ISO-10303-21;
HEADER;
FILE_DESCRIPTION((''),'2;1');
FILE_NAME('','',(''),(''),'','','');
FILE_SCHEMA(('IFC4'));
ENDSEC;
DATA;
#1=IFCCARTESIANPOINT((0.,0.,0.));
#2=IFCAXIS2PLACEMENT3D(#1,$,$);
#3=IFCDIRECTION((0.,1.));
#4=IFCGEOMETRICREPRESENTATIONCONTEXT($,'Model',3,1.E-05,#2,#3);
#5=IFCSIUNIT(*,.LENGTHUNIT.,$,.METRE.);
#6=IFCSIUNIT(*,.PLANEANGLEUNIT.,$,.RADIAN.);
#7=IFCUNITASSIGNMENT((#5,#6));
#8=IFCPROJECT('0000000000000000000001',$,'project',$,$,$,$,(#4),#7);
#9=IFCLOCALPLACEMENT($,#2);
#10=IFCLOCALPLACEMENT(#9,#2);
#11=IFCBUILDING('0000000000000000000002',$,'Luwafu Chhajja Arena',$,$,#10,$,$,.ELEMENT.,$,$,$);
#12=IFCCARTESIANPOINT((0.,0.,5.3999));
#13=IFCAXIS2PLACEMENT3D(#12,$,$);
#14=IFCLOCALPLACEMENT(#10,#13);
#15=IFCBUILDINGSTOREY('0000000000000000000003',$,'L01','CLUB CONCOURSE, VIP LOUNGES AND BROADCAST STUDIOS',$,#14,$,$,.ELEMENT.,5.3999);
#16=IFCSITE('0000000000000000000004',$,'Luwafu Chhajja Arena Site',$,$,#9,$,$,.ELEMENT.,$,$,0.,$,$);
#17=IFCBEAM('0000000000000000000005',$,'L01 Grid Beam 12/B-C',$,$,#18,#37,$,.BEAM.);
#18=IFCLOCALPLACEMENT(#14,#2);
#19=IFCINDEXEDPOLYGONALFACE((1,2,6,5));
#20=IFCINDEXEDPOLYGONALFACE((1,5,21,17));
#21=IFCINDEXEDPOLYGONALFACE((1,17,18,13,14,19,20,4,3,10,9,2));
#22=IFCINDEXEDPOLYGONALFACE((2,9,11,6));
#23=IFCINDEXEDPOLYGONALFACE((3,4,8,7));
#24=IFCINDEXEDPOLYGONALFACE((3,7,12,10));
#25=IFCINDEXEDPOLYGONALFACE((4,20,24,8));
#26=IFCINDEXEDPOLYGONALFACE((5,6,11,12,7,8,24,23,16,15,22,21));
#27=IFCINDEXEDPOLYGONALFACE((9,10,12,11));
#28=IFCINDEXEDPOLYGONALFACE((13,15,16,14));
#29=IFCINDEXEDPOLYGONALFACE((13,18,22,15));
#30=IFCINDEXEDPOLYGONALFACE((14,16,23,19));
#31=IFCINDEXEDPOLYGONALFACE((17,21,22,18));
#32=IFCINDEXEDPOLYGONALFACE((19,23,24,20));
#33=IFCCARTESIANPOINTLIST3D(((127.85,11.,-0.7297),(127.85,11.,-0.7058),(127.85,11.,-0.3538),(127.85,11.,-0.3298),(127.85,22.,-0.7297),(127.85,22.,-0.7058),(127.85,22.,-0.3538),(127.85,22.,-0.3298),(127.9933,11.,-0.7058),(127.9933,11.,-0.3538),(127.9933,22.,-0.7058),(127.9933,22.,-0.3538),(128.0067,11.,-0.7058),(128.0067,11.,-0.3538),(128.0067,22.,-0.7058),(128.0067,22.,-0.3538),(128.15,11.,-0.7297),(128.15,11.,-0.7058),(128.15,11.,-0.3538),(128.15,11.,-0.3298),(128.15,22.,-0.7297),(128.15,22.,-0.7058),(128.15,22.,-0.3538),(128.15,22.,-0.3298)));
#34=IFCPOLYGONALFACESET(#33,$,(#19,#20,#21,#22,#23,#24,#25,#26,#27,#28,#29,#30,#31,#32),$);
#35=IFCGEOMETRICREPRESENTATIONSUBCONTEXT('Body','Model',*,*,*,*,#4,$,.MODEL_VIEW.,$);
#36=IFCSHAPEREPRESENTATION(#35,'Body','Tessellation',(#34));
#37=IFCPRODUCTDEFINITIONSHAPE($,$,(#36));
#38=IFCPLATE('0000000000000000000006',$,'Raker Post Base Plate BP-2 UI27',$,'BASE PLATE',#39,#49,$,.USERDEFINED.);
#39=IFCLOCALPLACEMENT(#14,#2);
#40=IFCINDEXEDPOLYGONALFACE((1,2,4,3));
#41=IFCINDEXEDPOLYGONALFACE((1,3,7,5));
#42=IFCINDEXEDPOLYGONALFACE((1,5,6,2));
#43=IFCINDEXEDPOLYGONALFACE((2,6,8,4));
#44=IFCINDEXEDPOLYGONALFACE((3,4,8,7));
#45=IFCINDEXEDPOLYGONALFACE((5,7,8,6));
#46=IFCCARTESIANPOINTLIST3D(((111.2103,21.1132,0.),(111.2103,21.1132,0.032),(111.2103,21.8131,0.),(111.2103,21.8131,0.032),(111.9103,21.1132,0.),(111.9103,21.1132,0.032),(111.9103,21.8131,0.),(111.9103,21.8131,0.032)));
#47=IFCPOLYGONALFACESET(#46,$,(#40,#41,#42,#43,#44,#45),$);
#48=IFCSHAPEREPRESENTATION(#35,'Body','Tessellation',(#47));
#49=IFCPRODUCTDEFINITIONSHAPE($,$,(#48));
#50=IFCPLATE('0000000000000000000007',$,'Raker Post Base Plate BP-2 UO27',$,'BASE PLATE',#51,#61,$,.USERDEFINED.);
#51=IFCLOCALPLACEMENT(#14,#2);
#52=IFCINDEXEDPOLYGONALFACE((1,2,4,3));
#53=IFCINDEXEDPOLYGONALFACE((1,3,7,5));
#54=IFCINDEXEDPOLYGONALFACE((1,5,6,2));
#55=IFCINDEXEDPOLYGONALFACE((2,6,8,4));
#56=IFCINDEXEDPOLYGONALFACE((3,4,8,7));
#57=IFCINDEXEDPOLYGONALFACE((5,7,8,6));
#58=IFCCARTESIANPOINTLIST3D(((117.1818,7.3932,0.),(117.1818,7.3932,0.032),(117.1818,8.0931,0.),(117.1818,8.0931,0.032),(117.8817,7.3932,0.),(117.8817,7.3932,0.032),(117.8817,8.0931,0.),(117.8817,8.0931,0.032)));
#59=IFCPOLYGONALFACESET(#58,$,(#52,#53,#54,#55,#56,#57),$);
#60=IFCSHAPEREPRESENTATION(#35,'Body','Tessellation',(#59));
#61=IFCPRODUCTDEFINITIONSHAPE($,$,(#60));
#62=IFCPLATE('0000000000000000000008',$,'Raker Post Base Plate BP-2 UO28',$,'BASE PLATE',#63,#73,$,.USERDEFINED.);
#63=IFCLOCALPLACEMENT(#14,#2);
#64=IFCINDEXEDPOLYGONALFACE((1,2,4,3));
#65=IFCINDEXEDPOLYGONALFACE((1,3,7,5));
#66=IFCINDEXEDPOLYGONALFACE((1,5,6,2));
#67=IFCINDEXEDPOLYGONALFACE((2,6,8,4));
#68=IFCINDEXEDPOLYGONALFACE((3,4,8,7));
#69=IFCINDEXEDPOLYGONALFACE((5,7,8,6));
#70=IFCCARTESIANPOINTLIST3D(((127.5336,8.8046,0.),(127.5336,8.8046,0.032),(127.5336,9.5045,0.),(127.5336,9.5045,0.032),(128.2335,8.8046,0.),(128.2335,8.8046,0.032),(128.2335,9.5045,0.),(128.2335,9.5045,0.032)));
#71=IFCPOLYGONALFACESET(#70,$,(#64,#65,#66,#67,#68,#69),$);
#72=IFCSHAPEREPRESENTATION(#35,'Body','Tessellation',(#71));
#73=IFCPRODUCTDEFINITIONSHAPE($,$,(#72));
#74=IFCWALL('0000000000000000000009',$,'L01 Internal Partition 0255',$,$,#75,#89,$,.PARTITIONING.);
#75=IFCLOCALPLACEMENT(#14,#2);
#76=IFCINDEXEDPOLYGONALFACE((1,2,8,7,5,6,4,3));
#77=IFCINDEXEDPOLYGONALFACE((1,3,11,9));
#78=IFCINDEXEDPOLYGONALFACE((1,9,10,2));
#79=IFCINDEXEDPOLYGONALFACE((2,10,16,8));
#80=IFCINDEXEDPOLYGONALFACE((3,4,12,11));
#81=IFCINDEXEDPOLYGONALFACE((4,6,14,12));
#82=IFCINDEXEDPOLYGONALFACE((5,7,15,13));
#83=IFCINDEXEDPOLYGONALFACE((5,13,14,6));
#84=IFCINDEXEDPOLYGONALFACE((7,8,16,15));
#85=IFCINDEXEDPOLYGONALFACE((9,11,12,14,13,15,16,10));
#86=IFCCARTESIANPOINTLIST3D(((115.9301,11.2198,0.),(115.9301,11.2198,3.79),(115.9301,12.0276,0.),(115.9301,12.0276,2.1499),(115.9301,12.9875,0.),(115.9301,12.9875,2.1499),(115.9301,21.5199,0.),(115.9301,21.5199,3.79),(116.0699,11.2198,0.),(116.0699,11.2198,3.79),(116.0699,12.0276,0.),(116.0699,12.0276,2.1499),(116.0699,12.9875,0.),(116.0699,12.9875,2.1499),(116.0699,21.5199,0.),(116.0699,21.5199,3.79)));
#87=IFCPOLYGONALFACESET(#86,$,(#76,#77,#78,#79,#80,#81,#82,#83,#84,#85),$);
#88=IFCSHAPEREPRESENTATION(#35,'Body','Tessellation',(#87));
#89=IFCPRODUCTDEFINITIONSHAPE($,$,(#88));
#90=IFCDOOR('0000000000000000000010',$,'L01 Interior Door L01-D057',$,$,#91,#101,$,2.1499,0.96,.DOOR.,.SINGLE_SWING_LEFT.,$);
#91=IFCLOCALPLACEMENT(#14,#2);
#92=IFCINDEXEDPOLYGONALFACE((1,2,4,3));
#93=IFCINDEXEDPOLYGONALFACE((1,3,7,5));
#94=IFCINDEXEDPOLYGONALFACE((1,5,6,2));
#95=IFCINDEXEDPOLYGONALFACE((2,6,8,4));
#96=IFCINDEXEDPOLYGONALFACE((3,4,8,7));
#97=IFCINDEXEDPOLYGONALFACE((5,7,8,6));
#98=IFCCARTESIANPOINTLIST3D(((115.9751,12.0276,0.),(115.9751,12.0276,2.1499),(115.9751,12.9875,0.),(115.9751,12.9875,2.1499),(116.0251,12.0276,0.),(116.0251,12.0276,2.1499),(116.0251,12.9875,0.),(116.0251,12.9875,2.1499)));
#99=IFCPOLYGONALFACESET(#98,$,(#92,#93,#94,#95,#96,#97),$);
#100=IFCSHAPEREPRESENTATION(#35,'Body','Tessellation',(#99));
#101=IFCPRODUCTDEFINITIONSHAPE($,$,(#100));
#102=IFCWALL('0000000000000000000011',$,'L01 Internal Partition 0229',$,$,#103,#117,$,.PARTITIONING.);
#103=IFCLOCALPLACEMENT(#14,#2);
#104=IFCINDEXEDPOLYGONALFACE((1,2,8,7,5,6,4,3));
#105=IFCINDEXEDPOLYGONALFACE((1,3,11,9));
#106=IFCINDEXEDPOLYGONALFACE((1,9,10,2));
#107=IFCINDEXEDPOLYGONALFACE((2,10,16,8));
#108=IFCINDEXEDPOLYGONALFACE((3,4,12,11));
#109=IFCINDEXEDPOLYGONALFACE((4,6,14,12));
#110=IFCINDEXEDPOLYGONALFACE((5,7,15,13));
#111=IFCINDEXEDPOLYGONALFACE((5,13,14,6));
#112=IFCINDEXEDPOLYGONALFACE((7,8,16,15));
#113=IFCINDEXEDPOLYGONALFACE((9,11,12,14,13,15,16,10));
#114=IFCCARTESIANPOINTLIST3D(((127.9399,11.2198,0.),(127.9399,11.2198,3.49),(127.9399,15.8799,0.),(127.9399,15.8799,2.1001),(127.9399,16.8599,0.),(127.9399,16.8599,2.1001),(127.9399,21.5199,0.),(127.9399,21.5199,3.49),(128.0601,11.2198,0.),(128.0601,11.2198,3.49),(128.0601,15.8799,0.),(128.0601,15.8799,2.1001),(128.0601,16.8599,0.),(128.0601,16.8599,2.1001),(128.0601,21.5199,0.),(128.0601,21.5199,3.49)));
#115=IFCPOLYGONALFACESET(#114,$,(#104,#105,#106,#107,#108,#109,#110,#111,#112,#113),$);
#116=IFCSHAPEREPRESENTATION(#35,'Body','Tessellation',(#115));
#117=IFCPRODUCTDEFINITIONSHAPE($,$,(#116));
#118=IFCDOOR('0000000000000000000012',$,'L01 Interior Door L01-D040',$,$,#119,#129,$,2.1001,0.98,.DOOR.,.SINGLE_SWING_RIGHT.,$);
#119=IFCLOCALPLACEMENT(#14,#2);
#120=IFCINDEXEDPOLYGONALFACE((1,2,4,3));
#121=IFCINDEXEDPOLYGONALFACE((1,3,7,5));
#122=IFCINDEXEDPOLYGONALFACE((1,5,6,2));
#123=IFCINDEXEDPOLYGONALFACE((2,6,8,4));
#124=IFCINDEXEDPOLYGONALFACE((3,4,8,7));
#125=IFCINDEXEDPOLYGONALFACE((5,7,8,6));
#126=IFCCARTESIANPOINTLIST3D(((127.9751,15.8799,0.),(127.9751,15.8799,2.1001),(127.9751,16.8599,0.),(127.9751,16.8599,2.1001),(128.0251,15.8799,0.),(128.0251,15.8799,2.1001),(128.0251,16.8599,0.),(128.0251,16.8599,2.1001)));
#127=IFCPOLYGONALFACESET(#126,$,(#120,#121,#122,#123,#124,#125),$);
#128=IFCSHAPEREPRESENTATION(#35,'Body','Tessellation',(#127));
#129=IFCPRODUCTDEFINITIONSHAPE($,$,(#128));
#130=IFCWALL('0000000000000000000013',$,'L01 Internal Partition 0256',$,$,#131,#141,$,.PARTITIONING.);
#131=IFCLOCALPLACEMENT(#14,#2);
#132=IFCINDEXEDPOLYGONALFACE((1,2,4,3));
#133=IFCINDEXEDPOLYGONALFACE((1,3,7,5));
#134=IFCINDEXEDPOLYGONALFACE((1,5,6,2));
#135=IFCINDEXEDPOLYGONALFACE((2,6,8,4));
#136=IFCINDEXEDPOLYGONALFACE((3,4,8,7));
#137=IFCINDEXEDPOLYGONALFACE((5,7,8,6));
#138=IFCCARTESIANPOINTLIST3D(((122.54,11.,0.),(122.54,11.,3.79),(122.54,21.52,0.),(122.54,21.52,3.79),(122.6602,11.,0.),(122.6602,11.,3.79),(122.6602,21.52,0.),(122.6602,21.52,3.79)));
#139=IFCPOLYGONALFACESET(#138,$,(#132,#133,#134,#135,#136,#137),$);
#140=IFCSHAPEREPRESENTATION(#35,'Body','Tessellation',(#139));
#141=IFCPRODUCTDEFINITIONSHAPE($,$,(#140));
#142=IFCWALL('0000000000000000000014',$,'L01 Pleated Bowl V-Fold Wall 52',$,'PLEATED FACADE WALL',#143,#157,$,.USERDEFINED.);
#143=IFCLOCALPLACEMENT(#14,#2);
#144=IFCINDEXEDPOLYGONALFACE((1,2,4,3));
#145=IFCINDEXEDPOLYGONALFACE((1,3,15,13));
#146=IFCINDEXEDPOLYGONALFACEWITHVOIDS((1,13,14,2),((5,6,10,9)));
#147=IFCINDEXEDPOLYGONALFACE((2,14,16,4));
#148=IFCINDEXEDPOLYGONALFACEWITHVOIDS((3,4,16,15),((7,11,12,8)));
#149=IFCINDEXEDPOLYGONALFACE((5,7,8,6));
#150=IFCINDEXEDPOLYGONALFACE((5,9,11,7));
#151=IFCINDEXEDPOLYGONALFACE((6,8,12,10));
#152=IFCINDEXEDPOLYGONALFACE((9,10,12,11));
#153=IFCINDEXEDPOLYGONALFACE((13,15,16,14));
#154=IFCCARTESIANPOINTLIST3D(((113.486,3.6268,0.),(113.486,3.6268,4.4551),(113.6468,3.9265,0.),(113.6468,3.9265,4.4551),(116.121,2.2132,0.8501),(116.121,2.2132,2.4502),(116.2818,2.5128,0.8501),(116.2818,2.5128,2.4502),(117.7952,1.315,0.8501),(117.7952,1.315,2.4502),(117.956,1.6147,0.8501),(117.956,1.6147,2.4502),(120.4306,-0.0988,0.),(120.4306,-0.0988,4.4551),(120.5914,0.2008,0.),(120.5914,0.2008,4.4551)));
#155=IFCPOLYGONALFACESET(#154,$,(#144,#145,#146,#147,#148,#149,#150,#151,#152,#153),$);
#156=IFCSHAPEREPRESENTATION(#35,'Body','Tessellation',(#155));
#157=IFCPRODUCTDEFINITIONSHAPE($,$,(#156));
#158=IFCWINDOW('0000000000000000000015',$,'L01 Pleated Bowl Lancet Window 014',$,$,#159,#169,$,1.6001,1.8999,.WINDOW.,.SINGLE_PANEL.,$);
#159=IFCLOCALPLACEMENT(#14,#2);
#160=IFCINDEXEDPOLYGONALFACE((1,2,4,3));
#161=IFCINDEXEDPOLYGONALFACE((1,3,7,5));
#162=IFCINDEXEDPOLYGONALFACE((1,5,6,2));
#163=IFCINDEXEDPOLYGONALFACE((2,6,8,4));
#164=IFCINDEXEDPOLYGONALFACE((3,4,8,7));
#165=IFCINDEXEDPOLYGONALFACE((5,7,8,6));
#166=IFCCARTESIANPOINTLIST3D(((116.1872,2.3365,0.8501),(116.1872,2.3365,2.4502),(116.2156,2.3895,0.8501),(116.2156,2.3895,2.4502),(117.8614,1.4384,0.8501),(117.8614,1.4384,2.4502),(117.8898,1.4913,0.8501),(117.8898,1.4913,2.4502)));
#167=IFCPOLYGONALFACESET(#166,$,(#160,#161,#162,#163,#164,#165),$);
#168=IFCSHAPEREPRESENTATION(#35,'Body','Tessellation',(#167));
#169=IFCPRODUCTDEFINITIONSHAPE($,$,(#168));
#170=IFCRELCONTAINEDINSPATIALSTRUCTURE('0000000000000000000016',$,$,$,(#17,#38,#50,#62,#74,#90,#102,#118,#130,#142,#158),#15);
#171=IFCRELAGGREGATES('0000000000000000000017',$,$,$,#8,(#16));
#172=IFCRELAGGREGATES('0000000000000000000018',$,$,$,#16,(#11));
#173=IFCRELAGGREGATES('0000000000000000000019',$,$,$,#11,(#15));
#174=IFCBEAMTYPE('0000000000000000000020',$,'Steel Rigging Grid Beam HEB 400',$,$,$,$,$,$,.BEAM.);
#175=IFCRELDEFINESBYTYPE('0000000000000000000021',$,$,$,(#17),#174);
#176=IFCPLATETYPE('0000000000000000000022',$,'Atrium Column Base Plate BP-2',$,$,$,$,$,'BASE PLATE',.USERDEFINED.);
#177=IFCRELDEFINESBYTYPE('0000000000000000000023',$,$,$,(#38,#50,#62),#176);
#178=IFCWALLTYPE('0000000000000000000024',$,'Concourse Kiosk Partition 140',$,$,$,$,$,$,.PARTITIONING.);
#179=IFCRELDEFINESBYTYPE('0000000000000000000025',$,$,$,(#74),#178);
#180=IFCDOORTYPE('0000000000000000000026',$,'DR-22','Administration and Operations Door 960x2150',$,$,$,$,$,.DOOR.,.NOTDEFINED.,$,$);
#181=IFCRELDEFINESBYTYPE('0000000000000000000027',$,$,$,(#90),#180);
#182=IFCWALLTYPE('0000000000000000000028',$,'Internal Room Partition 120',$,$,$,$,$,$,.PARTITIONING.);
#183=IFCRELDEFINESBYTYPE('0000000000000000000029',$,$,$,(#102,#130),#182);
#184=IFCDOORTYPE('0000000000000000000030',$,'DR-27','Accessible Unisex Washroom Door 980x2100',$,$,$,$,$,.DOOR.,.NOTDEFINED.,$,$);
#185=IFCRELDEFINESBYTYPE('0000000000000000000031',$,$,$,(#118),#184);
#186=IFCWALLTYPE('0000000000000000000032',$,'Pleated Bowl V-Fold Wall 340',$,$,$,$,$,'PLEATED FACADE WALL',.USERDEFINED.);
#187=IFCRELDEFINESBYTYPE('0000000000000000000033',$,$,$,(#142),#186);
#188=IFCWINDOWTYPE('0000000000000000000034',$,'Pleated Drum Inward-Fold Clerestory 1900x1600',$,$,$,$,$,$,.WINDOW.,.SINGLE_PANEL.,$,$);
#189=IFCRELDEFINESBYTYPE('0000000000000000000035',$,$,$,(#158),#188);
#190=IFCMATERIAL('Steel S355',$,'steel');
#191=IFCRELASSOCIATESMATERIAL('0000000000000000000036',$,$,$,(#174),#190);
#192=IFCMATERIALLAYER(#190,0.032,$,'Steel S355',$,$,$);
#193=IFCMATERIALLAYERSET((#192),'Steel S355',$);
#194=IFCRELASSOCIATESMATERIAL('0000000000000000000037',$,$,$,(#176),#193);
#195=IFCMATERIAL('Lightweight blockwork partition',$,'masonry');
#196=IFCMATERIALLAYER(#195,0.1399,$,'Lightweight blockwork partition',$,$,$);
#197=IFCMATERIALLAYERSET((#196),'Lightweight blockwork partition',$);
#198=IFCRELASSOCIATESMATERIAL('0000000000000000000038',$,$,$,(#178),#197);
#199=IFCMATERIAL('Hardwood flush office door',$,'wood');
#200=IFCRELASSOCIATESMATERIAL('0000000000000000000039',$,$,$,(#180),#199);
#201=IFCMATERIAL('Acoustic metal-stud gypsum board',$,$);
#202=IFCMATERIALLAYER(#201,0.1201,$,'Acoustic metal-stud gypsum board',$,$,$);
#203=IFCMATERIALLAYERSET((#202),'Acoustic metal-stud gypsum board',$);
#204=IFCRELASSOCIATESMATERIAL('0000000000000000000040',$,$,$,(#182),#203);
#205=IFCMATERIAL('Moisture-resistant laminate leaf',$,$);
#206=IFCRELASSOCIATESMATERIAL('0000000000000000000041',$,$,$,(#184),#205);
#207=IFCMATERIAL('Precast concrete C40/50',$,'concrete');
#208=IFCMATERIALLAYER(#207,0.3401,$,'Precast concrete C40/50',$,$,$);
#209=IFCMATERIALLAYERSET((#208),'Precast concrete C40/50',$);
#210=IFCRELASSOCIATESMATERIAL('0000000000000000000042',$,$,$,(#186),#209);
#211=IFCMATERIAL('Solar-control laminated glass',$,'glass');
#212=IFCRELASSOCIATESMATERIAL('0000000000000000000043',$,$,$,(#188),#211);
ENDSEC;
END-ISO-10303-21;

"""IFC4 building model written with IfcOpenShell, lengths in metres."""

from ifc_helpers import new_model, si_unit, direction, frame, frame_2d, origin, origin_2d, place, context, subcontext, project, spatial, rectangle, i_section, extrude, material, layer, layer_set, material_profile, profile_set, type_object, element, fill, save


model = new_model("IFC4")

# Units and contexts
model_context = context("Model", 3, precision=1e-05, world=origin(), true_north=direction((0.0, 1.0)))
body_context = subcontext(model_context, "Body", "Model", "MODEL_VIEW")
ifc_project = project(units=[si_unit("LENGTHUNIT", "METRE"), si_unit("PLANEANGLEUNIT", "RADIAN")], contexts=[model_context])

# Site, building, storey
site_placement = place(None, origin())
site = spatial("IfcSite", under=ifc_project, at=site_placement, Name="Luwafu Chhajja Arena Site", CompositionType="ELEMENT", RefElevation=0.0)
building_placement = place(site_placement, origin())
building = spatial("IfcBuilding", under=site, at=building_placement, Name="Luwafu Chhajja Arena", CompositionType="ELEMENT")
storey_placement = place(building_placement, frame((0.0, 0.0, 5.3999)))
storey = spatial("IfcBuildingStorey", under=building, at=storey_placement, Name="L01", Description="CLUB CONCOURSE, VIP LOUNGES AND BROADCAST STUDIOS", CompositionType="ELEMENT", Elevation=5.3999)

# Shared definitions
ifc_material_1 = material(Name="Steel S355", Category="steel")

# Beam
ifc_material_profile_1 = material_profile(ifc_material_1, i_section(OverallWidth=0.3, OverallDepth=0.3999, WebThickness=0.0134, FlangeThickness=0.0239, at=origin_2d()), Name="HEB 400")
ifc_profile_set_1 = profile_set([ifc_material_profile_1], Name="Steel S355")
beam_type_1 = type_object("IfcBeamType", Name="Steel Rigging Grid Beam HEB 400", PredefinedType="BEAM", material=ifc_profile_set_1)
beam_1_placement = place(storey_placement, frame((128.0, 11.0, -0.5298), z_axis=(0.0, 1.0, 0.0), x_axis=(-1.0, 0.0, 0.0)))
element("IfcBeam", 1, at=beam_1_placement, inside=storey, type_object=beam_type_1, Name="L01 Grid Beam 12/B-C", PredefinedType="BEAM", context=body_context, shape_type="SweptSolid", body=[
    extrude(i_section(OverallWidth=0.3, OverallDepth=0.3999, WebThickness=0.0134, FlangeThickness=0.0239, at=origin_2d()), origin(), (0.0, 0.0, 1.0), 11.0),
])

# Plates
ifc_layer_1 = layer(ifc_material_1, 0.032, Name="Steel S355")
ifc_layer_set_1 = layer_set([ifc_layer_1], Name="Steel S355")
plate_type = type_object("IfcPlateType", Name="Atrium Column Base Plate BP-2", ElementType="BASE PLATE", PredefinedType="USERDEFINED", material=ifc_layer_set_1)
for number, where, z_axis, x_axis, name in (
    (2, (111.5603, 21.4631, 0.0), (0.0, 0.0, 1.0), (1.0, 0.0, 0.0), "Raker Post Base Plate BP-2 UI27"),
    (3, (117.5317, 7.7432, 0.0), (0.0, 0.0, 1.0), (1.0, 0.0, 0.0), "Raker Post Base Plate BP-2 UO27"),
    (4, (127.8835, 9.1545, 0.0), (0.0, 0.0, 1.0), (1.0, 0.0, 0.0), "Raker Post Base Plate BP-2 UO28"),
):
    element("IfcPlate", number, at=place(storey_placement, frame(where, z_axis=z_axis, x_axis=x_axis)), inside=storey, type_object=plate_type, Name=name, ObjectType="BASE PLATE", PredefinedType="USERDEFINED", context=body_context, shape_type="SweptSolid", body=[
        extrude(rectangle(XDim=0.7, YDim=0.7, at=origin_2d()), origin(), (0.0, 0.0, 1.0), 0.032),
    ])

# Walls, openings, doors
ifc_material_2 = material(Name="Lightweight blockwork partition", Category="masonry")
ifc_layer_2 = layer(ifc_material_2, 0.1399, Name="Lightweight blockwork partition")
ifc_layer_set_2 = layer_set([ifc_layer_2], Name="Lightweight blockwork partition")
wall_type_1 = type_object("IfcWallType", Name="Concourse Kiosk Partition 140", PredefinedType="PARTITIONING", material=ifc_layer_set_2)
wall_1_placement = place(storey_placement, frame((116.0, 11.22, 0.0), z_axis=(0.0, 0.0, 1.0), x_axis=(0.0, 1.0, 0.0)))
wall_1 = element("IfcWall", 5, at=wall_1_placement, inside=storey, type_object=wall_type_1, Name="L01 Internal Partition 0255", PredefinedType="PARTITIONING", context=body_context, shape_type="SweptSolid", body=[
    extrude(rectangle(XDim=10.3, YDim=0.1399, at=frame_2d((5.1499, 0.0))), origin(), (0.0, 0.0, 1.0), 3.79),
])
opening_1_placement = place(wall_1_placement, frame((0.8076, 0.0, 0.0)))
opening_1 = element("IfcOpeningElement", 6, at=opening_1_placement, cuts=wall_1, PredefinedType="OPENING", context=body_context, shape_type="SweptSolid", body=[
    extrude(rectangle(XDim=0.96, YDim=2.1499, at=frame_2d((0.48, 1.075))), frame((0.0, 0.0798, 0.0), z_axis=(0.0, -1.0, 0.0), x_axis=(1.0, 0.0, 0.0)), (0.0, 0.0, 1.0), 0.1599),
])
ifc_material_3 = material(Name="Hardwood flush office door", Category="wood")
door_type_1 = type_object("IfcDoorType", Name="DR-22", Description="Administration and Operations Door 960x2150", OperationType="NOTDEFINED", PredefinedType="DOOR", material=ifc_material_3)
door_1_placement = place(opening_1_placement, origin())
door_1 = element("IfcDoor", 7, at=door_1_placement, inside=storey, type_object=door_type_1, Name="L01 Interior Door L01-D057", OperationType="SINGLE_SWING_LEFT", OverallHeight=2.1499, OverallWidth=0.96, PredefinedType="DOOR", context=body_context, shape_type="SweptSolid", body=[
    extrude(rectangle(XDim=0.96, YDim=2.1499, at=frame_2d((0.48, 1.075))), frame((0.0, 0.0249, 0.0), z_axis=(0.0, -1.0, 0.0), x_axis=(1.0, 0.0, 0.0)), (0.0, 0.0, 1.0), 0.05),
])
fill(opening_1, door_1)
ifc_material_4 = material(Name="Acoustic metal-stud gypsum board")
ifc_layer_3 = layer(ifc_material_4, 0.1201, Name="Acoustic metal-stud gypsum board")
ifc_layer_set_3 = layer_set([ifc_layer_3], Name="Acoustic metal-stud gypsum board")
wall_type_2 = type_object("IfcWallType", Name="Internal Room Partition 120", PredefinedType="PARTITIONING", material=ifc_layer_set_3)
wall_2_placement = place(storey_placement, frame((128.0, 11.22, 0.0), z_axis=(0.0, 0.0, 1.0), x_axis=(0.0, 1.0, 0.0)))
wall_2 = element("IfcWall", 8, at=wall_2_placement, inside=storey, type_object=wall_type_2, Name="L01 Internal Partition 0229", PredefinedType="PARTITIONING", context=body_context, shape_type="SweptSolid", body=[
    extrude(rectangle(XDim=10.3, YDim=0.1201, at=frame_2d((5.1499, 0.0))), origin(), (0.0, 0.0, 1.0), 3.49),
])
opening_2_placement = place(wall_2_placement, frame((4.6599, 0.0, 0.0)))
opening_2 = element("IfcOpeningElement", 9, at=opening_2_placement, cuts=wall_2, PredefinedType="OPENING", context=body_context, shape_type="SweptSolid", body=[
    extrude(rectangle(XDim=0.98, YDim=2.1001, at=frame_2d((0.49, 1.05))), frame((0.0, 0.0701, 0.0), z_axis=(0.0, -1.0, 0.0), x_axis=(1.0, 0.0, 0.0)), (0.0, 0.0, 1.0), 0.1401),
])
ifc_material_5 = material(Name="Moisture-resistant laminate leaf")
door_type_2 = type_object("IfcDoorType", Name="DR-27", Description="Accessible Unisex Washroom Door 980x2100", OperationType="NOTDEFINED", PredefinedType="DOOR", material=ifc_material_5)
door_2_placement = place(opening_2_placement, origin())
door_2 = element("IfcDoor", 10, at=door_2_placement, inside=storey, type_object=door_type_2, Name="L01 Interior Door L01-D040", OperationType="SINGLE_SWING_RIGHT", OverallHeight=2.1001, OverallWidth=0.98, PredefinedType="DOOR", context=body_context, shape_type="SweptSolid", body=[
    extrude(rectangle(XDim=0.98, YDim=2.1001, at=frame_2d((0.49, 1.05))), frame((0.0, 0.0249, 0.0), z_axis=(0.0, -1.0, 0.0), x_axis=(1.0, 0.0, 0.0)), (0.0, 0.0, 1.0), 0.05),
])
fill(opening_2, door_2)

# Wall
wall_3_placement = place(storey_placement, frame((122.6001, 11.0, 0.0), z_axis=(0.0, 0.0, 1.0), x_axis=(0.0, 1.0, 0.0)))
element("IfcWall", 11, at=wall_3_placement, inside=storey, type_object=wall_type_2, Name="L01 Internal Partition 0256", PredefinedType="PARTITIONING", context=body_context, shape_type="SweptSolid", body=[
    extrude(rectangle(XDim=10.52, YDim=0.1201, at=frame_2d((5.26, 0.0))), origin(), (0.0, 0.0, 1.0), 3.79),
])

# Wall, opening, window
ifc_material_6 = material(Name="Precast concrete C40/50", Category="concrete")
ifc_layer_4 = layer(ifc_material_6, 0.3401, Name="Precast concrete C40/50")
ifc_layer_set_4 = layer_set([ifc_layer_4], Name="Precast concrete C40/50")
wall_type_3 = type_object("IfcWallType", Name="Pleated Bowl V-Fold Wall 340", ElementType="PLEATED FACADE WALL", PredefinedType="USERDEFINED", material=ifc_layer_set_4)
wall_4_placement = place(storey_placement, frame((113.5664, 3.7766, 0.0), z_axis=(0.0, 0.0, 1.0), x_axis=(0.881201, -0.472741, 0.0)))
wall_4 = element("IfcWall", 12, at=wall_4_placement, inside=storey, type_object=wall_type_3, Name="L01 Pleated Bowl V-Fold Wall 52", ObjectType="PLEATED FACADE WALL", PredefinedType="USERDEFINED", context=body_context, shape_type="SweptSolid", body=[
    extrude(rectangle(XDim=7.8809, YDim=0.3401, at=frame_2d((3.9404, 0.0))), origin(), (0.0, 0.0, 1.0), 4.4551),
])
opening_3_placement = place(wall_4_placement, frame((2.9902, 0.0, 0.8501)))
opening_3 = element("IfcOpeningElement", 13, at=opening_3_placement, cuts=wall_4, PredefinedType="OPENING", context=body_context, shape_type="SweptSolid", body=[
    extrude(rectangle(XDim=1.8999, YDim=1.6001, at=frame_2d((0.95, 0.8))), frame((0.0, 0.1799, 0.0), z_axis=(0.0, -1.0, 0.0), x_axis=(1.0, 0.0, 0.0)), (0.0, 0.0, 1.0), 0.3601),
])
ifc_material_7 = material(Name="Solar-control laminated glass", Category="glass")
window_type_1 = type_object("IfcWindowType", Name="Pleated Drum Inward-Fold Clerestory 1900x1600", PartitioningType="SINGLE_PANEL", PredefinedType="WINDOW", material=ifc_material_7)
window_1_placement = place(opening_3_placement, origin())
window_1 = element("IfcWindow", 14, at=window_1_placement, inside=storey, type_object=window_type_1, Name="L01 Pleated Bowl Lancet Window 014", OverallHeight=1.6001, OverallWidth=1.8999, PartitioningType="SINGLE_PANEL", PredefinedType="WINDOW", context=body_context, shape_type="SweptSolid", body=[
    extrude(rectangle(XDim=1.8999, YDim=1.6001, at=frame_2d((0.95, 0.8))), frame((0.0, 0.03, 0.0), z_axis=(0.0, -1.0, 0.0), x_axis=(1.0, 0.0, 0.0)), (0.0, 0.0, 1.0), 0.0601),
])
fill(opening_3, window_1)

save(model, "model.ifc")
